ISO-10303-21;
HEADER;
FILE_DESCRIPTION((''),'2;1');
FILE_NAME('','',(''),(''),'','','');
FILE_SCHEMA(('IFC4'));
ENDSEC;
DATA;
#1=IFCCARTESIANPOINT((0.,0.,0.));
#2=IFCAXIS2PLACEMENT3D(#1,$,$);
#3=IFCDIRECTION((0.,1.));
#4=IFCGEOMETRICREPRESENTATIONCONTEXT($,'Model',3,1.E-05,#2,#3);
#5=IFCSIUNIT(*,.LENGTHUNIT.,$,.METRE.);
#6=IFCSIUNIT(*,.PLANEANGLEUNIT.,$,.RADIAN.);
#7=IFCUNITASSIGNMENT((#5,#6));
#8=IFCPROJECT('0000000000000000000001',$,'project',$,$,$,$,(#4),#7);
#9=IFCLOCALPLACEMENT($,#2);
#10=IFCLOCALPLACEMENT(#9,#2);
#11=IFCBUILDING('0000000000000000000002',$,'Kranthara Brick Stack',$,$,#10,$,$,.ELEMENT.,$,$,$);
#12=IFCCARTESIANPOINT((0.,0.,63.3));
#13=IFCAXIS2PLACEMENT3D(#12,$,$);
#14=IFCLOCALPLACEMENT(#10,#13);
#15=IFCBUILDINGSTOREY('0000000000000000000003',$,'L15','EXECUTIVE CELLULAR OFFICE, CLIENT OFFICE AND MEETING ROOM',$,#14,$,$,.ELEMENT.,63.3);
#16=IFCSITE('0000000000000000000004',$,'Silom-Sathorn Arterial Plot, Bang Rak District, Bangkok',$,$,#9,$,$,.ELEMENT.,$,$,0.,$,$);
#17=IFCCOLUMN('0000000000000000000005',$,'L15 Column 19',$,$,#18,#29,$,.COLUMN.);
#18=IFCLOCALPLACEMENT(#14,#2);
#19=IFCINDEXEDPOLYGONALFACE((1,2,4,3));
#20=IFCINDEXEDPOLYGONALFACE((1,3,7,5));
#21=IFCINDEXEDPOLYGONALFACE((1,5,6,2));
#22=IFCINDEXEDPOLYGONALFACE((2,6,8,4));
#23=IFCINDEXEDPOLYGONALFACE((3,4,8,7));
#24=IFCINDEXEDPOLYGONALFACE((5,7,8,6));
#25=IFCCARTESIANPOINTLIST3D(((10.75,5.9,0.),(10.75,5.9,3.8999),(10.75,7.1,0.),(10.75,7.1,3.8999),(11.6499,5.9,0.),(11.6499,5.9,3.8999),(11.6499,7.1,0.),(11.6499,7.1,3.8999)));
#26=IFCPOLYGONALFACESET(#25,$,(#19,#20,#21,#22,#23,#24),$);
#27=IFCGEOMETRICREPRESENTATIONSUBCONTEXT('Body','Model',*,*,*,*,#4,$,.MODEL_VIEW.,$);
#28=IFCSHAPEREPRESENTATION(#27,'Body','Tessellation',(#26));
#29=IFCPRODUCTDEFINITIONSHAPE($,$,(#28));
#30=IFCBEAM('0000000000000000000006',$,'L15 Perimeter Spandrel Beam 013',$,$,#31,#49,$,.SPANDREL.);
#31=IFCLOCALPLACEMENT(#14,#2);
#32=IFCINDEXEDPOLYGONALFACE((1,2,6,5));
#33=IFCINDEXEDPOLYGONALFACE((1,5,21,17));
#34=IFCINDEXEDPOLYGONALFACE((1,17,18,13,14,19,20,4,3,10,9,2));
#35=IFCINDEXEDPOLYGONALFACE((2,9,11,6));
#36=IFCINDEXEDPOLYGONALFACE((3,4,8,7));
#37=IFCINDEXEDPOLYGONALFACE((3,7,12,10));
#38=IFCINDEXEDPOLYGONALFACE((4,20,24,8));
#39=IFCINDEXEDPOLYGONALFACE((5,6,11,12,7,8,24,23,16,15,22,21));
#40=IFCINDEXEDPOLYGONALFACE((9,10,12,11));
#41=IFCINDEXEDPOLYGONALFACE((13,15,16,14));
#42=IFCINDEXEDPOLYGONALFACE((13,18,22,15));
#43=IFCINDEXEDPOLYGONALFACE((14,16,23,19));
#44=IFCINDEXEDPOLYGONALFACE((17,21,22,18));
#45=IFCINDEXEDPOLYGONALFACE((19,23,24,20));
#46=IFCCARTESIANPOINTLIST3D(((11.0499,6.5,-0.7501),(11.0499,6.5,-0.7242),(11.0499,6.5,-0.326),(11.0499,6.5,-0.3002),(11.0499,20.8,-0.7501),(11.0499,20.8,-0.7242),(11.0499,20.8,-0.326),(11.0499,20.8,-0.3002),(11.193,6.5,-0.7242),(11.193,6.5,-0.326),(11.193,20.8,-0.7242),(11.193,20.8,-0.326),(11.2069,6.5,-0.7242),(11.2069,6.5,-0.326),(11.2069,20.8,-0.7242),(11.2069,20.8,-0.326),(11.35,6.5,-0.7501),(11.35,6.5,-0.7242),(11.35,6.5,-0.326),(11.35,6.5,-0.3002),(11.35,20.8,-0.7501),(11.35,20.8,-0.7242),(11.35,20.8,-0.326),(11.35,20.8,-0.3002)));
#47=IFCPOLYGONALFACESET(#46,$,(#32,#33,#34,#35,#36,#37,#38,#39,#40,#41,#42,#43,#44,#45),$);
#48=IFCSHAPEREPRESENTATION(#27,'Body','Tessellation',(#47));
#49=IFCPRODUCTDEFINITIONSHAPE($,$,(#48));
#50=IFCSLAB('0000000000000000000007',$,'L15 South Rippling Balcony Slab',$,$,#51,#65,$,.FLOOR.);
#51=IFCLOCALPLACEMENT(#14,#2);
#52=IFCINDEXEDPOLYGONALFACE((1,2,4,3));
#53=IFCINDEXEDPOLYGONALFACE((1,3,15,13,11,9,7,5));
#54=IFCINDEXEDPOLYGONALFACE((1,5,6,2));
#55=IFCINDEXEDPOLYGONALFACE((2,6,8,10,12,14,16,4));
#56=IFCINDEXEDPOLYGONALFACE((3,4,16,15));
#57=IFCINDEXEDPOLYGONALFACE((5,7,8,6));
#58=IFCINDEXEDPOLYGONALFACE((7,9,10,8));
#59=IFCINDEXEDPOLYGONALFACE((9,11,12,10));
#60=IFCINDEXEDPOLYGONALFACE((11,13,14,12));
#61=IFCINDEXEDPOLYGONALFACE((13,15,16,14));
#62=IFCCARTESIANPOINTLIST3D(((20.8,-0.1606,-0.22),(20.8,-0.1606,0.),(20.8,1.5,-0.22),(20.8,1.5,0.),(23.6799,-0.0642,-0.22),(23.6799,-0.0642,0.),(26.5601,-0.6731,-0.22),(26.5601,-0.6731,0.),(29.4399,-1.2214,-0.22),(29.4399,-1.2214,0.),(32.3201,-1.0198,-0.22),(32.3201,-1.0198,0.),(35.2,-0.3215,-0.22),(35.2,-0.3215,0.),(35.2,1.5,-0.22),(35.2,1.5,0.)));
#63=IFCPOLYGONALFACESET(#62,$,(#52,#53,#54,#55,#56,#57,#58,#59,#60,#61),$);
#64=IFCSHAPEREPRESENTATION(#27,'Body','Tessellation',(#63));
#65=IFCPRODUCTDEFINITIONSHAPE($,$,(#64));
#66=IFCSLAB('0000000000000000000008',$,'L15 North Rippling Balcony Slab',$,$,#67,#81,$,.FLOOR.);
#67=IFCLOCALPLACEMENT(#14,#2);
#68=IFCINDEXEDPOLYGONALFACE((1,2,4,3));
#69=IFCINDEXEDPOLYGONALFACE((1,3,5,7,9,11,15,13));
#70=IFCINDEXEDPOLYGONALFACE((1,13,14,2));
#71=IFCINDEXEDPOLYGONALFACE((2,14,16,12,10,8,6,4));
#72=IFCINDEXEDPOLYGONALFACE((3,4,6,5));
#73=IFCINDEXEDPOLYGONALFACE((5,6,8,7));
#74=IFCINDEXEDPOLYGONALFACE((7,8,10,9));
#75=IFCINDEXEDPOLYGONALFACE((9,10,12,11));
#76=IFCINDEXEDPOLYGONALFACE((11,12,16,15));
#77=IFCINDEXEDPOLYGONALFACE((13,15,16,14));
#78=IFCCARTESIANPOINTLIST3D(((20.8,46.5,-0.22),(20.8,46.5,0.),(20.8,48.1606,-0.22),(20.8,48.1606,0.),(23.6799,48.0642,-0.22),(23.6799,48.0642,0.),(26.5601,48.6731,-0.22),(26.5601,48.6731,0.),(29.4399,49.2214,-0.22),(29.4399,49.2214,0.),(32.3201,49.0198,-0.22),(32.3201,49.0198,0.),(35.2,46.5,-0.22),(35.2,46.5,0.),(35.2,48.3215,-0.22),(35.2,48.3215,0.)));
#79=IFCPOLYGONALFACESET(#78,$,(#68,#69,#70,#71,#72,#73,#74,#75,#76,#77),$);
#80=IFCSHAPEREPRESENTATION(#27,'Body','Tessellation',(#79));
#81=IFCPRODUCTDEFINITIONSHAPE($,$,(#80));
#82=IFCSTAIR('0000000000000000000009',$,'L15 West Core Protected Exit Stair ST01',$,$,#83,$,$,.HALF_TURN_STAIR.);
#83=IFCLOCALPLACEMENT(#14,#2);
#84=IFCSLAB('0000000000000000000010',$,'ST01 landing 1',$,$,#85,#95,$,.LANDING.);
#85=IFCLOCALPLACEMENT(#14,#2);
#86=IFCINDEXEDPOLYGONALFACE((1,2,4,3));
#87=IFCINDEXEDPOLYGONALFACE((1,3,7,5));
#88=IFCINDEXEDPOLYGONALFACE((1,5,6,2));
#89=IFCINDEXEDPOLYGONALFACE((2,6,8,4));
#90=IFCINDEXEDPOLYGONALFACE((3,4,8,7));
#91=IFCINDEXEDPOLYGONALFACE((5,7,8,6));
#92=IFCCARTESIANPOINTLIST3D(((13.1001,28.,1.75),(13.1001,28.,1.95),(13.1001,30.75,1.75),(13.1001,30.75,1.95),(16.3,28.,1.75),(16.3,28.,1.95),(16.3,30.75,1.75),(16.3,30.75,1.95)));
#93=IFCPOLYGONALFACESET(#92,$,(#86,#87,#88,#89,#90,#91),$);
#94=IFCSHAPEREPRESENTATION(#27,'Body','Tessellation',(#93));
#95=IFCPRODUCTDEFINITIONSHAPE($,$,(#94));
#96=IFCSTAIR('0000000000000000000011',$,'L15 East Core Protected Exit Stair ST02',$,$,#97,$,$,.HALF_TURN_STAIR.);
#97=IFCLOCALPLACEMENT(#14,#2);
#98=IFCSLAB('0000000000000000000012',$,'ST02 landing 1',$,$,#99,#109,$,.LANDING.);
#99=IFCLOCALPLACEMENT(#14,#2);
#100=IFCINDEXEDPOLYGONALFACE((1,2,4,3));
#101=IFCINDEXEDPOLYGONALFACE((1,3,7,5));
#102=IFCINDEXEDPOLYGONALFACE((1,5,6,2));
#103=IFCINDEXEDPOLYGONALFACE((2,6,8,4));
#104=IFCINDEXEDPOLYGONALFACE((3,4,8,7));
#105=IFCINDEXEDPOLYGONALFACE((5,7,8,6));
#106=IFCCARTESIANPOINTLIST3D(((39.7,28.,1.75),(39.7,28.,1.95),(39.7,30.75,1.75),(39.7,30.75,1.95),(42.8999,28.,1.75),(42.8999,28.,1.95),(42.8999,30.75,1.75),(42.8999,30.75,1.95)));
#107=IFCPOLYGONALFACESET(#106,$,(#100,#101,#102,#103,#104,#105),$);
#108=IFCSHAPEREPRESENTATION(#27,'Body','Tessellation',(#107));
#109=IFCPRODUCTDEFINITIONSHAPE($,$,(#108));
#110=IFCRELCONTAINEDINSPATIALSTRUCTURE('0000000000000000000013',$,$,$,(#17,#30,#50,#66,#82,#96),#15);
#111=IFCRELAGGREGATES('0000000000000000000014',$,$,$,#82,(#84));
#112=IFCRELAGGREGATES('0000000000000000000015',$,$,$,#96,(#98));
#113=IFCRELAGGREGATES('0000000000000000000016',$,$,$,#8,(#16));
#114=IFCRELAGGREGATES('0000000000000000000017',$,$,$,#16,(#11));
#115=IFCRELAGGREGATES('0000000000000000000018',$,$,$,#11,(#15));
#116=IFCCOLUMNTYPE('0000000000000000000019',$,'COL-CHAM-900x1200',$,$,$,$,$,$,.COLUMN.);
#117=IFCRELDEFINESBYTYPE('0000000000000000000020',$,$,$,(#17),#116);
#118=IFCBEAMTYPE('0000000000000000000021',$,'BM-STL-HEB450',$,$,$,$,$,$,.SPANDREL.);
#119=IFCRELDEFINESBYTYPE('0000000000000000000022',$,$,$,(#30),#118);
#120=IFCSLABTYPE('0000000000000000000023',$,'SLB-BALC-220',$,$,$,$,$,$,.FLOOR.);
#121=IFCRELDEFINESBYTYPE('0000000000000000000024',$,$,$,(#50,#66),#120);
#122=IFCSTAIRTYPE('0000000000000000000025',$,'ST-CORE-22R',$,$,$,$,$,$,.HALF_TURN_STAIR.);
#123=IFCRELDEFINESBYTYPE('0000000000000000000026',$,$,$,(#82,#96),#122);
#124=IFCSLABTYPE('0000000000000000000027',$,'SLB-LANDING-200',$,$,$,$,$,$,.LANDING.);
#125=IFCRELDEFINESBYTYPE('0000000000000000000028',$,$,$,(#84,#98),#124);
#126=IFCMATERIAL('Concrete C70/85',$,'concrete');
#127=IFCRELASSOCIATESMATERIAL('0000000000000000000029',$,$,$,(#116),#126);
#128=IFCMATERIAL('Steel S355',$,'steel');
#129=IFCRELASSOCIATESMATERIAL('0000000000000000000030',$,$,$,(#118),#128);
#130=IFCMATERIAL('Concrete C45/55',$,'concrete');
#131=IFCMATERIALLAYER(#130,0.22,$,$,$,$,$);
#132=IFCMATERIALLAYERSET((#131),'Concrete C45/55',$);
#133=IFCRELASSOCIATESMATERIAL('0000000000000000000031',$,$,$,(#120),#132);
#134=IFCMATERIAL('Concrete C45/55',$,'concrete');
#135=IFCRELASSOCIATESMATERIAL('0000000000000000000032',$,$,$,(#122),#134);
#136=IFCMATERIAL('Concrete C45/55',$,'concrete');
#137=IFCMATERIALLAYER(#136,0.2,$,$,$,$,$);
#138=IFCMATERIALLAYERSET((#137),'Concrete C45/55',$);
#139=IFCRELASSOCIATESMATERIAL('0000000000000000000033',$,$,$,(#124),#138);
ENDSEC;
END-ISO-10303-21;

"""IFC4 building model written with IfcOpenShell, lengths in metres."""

from ifc_helpers import new_model, si_unit, direction, frame, origin, origin_2d, place, context, subcontext, project, spatial, polyline, rectangle, i_section, outline, extrude, material, layer, layer_set, material_profile, profile_set, type_object, element, aggregate, save


model = new_model("IFC4")

# Units and contexts
model_context = context("Model", 3, precision=1e-05, world=origin(), true_north=direction((0.0, 1.0)))
body_context = subcontext(model_context, "Body", "Model", "MODEL_VIEW")
ifc_project = project(units=[si_unit("LENGTHUNIT", "METRE"), si_unit("PLANEANGLEUNIT", "RADIAN")], contexts=[model_context])

# Site, building, storey
site_placement = place(None, origin())
site = spatial("IfcSite", under=ifc_project, at=site_placement, Name="Silom-Sathorn Arterial Plot, Bang Rak District, Bangkok", CompositionType="ELEMENT", RefElevation=0.0)
building_placement = place(site_placement, origin())
building = spatial("IfcBuilding", under=site, at=building_placement, Name="Kranthara Brick Stack", CompositionType="ELEMENT")
storey_placement = place(building_placement, frame((0.0, 0.0, 63.3)))
storey = spatial("IfcBuildingStorey", under=building, at=storey_placement, Name="L15", Description="EXECUTIVE CELLULAR OFFICE, CLIENT OFFICE AND MEETING ROOM", CompositionType="ELEMENT", Elevation=63.3)

# Column
ifc_material_1 = material(Name="Concrete C70/85", Category="concrete")
ifc_material_profile_1 = material_profile(ifc_material_1, rectangle(XDim=0.8999, YDim=1.2, at=origin_2d()), Name="RC 900x1200")
ifc_profile_set_1 = profile_set([ifc_material_profile_1], Name="Concrete C70/85")
column_type = type_object("IfcColumnType", Name="COL-CHAM-900x1200", PredefinedType="COLUMN", material=ifc_profile_set_1)
column_placement = place(storey_placement, frame((11.2, 6.5, 0.0), z_axis=(0.0, 0.0, 1.0), x_axis=(1.0, 0.0, 0.0)))
element("IfcColumn", 1, at=column_placement, inside=storey, type_object=column_type, Name="L15 Column 19", PredefinedType="COLUMN", context=body_context, shape_type="SweptSolid", body=[
    extrude(rectangle(XDim=0.8999, YDim=1.2, at=origin_2d()), origin(), (0.0, 0.0, 1.0), 3.8999),
])

# Beam
ifc_material_2 = material(Name="Steel S355", Category="steel")
ifc_material_profile_2 = material_profile(ifc_material_2, i_section(OverallWidth=0.3, OverallDepth=0.45, WebThickness=0.0139, FlangeThickness=0.0259, at=origin_2d()), Name="HEB 450")
ifc_profile_set_2 = profile_set([ifc_material_profile_2], Name="Steel S355")
beam_type = type_object("IfcBeamType", Name="BM-STL-HEB450", PredefinedType="SPANDREL", material=ifc_profile_set_2)
beam_placement = place(storey_placement, frame((11.2, 6.5, -0.5251), z_axis=(0.0, 1.0, 0.0), x_axis=(-1.0, 0.0, 0.0)))
element("IfcBeam", 2, at=beam_placement, inside=storey, type_object=beam_type, Name="L15 Perimeter Spandrel Beam 013", PredefinedType="SPANDREL", context=body_context, shape_type="SweptSolid", body=[
    extrude(i_section(OverallWidth=0.3, OverallDepth=0.45, WebThickness=0.0139, FlangeThickness=0.0259, at=origin_2d()), origin(), (0.0, 0.0, 1.0), 14.3),
])

# Slabs
ifc_material_3 = material(Name="Concrete C45/55", Category="concrete")
ifc_layer_1 = layer(ifc_material_3, 0.22)
ifc_layer_set_1 = layer_set([ifc_layer_1], Name="Concrete C45/55")
slab_type_1 = type_object("IfcSlabType", Name="SLB-BALC-220", PredefinedType="FLOOR", material=ifc_layer_set_1)
slab_1_placement = place(storey_placement, frame((0.0, 0.0, -0.22)))
element("IfcSlab", 3, at=slab_1_placement, inside=storey, type_object=slab_type_1, Name="L15 South Rippling Balcony Slab", PredefinedType="FLOOR", context=body_context, shape_type="SweptSolid", body=[
    extrude(outline(polyline([(20.8, 1.5), (35.2, 1.5), (35.2, -0.3215), (32.3201, -1.0198), (29.4399, -1.2214), (26.5601, -0.6731), (23.6799, -0.0642), (20.8, -0.1606), (20.8, 1.5)])), origin(), (0.0, 0.0, 1.0), 0.22),
])
slab_2_placement = place(storey_placement, frame((0.0, 0.0, -0.22)))
element("IfcSlab", 4, at=slab_2_placement, inside=storey, type_object=slab_type_1, Name="L15 North Rippling Balcony Slab", PredefinedType="FLOOR", context=body_context, shape_type="SweptSolid", body=[
    extrude(outline(polyline([(35.2, 46.5), (20.8, 46.5), (20.8, 48.1606), (23.6799, 48.0642), (26.5601, 48.6731), (29.4399, 49.2214), (32.3201, 49.0198), (35.2, 48.3215), (35.2, 46.5)])), origin(), (0.0, 0.0, 1.0), 0.22),
])

# Stairs, slabs
ifc_material_4 = material(Name="Concrete C45/55", Category="concrete")
stair_type = type_object("IfcStairType", Name="ST-CORE-22R", PredefinedType="HALF_TURN_STAIR", material=ifc_material_4)
stair_1_placement = place(storey_placement, origin())
stair_1 = element("IfcStair", 5, at=stair_1_placement, inside=storey, type_object=stair_type, Name="L15 West Core Protected Exit Stair ST01", PredefinedType="HALF_TURN_STAIR")
ifc_material_5 = material(Name="Concrete C45/55", Category="concrete")
ifc_layer_2 = layer(ifc_material_5, 0.2)
ifc_layer_set_2 = layer_set([ifc_layer_2], Name="Concrete C45/55")
slab_type_2 = type_object("IfcSlabType", Name="SLB-LANDING-200", PredefinedType="LANDING", material=ifc_layer_set_2)
slab_3_placement = place(storey_placement, frame((0.0, 0.0, 1.75)))
slab_3 = element("IfcSlab", 6, at=slab_3_placement, type_object=slab_type_2, Name="ST01 landing 1", PredefinedType="LANDING", context=body_context, shape_type="SweptSolid", body=[
    extrude(outline(polyline([(16.3, 28.0), (16.3, 30.75), (13.1001, 30.75), (13.1001, 28.0), (16.3, 28.0)])), origin(), (0.0, 0.0, 1.0), 0.2),
])
aggregate(stair_1, [slab_3])
stair_2_placement = place(storey_placement, origin())
stair_2 = element("IfcStair", 7, at=stair_2_placement, inside=storey, type_object=stair_type, Name="L15 East Core Protected Exit Stair ST02", PredefinedType="HALF_TURN_STAIR")
slab_4_placement = place(storey_placement, frame((0.0, 0.0, 1.75)))
slab_4 = element("IfcSlab", 8, at=slab_4_placement, type_object=slab_type_2, Name="ST02 landing 1", PredefinedType="LANDING", context=body_context, shape_type="SweptSolid", body=[
    extrude(outline(polyline([(42.8999, 28.0), (42.8999, 30.75), (39.7, 30.75), (39.7, 28.0), (42.8999, 28.0)])), origin(), (0.0, 0.0, 1.0), 0.2),
])
aggregate(stair_2, [slab_4])

save(model, "model.ifc")
